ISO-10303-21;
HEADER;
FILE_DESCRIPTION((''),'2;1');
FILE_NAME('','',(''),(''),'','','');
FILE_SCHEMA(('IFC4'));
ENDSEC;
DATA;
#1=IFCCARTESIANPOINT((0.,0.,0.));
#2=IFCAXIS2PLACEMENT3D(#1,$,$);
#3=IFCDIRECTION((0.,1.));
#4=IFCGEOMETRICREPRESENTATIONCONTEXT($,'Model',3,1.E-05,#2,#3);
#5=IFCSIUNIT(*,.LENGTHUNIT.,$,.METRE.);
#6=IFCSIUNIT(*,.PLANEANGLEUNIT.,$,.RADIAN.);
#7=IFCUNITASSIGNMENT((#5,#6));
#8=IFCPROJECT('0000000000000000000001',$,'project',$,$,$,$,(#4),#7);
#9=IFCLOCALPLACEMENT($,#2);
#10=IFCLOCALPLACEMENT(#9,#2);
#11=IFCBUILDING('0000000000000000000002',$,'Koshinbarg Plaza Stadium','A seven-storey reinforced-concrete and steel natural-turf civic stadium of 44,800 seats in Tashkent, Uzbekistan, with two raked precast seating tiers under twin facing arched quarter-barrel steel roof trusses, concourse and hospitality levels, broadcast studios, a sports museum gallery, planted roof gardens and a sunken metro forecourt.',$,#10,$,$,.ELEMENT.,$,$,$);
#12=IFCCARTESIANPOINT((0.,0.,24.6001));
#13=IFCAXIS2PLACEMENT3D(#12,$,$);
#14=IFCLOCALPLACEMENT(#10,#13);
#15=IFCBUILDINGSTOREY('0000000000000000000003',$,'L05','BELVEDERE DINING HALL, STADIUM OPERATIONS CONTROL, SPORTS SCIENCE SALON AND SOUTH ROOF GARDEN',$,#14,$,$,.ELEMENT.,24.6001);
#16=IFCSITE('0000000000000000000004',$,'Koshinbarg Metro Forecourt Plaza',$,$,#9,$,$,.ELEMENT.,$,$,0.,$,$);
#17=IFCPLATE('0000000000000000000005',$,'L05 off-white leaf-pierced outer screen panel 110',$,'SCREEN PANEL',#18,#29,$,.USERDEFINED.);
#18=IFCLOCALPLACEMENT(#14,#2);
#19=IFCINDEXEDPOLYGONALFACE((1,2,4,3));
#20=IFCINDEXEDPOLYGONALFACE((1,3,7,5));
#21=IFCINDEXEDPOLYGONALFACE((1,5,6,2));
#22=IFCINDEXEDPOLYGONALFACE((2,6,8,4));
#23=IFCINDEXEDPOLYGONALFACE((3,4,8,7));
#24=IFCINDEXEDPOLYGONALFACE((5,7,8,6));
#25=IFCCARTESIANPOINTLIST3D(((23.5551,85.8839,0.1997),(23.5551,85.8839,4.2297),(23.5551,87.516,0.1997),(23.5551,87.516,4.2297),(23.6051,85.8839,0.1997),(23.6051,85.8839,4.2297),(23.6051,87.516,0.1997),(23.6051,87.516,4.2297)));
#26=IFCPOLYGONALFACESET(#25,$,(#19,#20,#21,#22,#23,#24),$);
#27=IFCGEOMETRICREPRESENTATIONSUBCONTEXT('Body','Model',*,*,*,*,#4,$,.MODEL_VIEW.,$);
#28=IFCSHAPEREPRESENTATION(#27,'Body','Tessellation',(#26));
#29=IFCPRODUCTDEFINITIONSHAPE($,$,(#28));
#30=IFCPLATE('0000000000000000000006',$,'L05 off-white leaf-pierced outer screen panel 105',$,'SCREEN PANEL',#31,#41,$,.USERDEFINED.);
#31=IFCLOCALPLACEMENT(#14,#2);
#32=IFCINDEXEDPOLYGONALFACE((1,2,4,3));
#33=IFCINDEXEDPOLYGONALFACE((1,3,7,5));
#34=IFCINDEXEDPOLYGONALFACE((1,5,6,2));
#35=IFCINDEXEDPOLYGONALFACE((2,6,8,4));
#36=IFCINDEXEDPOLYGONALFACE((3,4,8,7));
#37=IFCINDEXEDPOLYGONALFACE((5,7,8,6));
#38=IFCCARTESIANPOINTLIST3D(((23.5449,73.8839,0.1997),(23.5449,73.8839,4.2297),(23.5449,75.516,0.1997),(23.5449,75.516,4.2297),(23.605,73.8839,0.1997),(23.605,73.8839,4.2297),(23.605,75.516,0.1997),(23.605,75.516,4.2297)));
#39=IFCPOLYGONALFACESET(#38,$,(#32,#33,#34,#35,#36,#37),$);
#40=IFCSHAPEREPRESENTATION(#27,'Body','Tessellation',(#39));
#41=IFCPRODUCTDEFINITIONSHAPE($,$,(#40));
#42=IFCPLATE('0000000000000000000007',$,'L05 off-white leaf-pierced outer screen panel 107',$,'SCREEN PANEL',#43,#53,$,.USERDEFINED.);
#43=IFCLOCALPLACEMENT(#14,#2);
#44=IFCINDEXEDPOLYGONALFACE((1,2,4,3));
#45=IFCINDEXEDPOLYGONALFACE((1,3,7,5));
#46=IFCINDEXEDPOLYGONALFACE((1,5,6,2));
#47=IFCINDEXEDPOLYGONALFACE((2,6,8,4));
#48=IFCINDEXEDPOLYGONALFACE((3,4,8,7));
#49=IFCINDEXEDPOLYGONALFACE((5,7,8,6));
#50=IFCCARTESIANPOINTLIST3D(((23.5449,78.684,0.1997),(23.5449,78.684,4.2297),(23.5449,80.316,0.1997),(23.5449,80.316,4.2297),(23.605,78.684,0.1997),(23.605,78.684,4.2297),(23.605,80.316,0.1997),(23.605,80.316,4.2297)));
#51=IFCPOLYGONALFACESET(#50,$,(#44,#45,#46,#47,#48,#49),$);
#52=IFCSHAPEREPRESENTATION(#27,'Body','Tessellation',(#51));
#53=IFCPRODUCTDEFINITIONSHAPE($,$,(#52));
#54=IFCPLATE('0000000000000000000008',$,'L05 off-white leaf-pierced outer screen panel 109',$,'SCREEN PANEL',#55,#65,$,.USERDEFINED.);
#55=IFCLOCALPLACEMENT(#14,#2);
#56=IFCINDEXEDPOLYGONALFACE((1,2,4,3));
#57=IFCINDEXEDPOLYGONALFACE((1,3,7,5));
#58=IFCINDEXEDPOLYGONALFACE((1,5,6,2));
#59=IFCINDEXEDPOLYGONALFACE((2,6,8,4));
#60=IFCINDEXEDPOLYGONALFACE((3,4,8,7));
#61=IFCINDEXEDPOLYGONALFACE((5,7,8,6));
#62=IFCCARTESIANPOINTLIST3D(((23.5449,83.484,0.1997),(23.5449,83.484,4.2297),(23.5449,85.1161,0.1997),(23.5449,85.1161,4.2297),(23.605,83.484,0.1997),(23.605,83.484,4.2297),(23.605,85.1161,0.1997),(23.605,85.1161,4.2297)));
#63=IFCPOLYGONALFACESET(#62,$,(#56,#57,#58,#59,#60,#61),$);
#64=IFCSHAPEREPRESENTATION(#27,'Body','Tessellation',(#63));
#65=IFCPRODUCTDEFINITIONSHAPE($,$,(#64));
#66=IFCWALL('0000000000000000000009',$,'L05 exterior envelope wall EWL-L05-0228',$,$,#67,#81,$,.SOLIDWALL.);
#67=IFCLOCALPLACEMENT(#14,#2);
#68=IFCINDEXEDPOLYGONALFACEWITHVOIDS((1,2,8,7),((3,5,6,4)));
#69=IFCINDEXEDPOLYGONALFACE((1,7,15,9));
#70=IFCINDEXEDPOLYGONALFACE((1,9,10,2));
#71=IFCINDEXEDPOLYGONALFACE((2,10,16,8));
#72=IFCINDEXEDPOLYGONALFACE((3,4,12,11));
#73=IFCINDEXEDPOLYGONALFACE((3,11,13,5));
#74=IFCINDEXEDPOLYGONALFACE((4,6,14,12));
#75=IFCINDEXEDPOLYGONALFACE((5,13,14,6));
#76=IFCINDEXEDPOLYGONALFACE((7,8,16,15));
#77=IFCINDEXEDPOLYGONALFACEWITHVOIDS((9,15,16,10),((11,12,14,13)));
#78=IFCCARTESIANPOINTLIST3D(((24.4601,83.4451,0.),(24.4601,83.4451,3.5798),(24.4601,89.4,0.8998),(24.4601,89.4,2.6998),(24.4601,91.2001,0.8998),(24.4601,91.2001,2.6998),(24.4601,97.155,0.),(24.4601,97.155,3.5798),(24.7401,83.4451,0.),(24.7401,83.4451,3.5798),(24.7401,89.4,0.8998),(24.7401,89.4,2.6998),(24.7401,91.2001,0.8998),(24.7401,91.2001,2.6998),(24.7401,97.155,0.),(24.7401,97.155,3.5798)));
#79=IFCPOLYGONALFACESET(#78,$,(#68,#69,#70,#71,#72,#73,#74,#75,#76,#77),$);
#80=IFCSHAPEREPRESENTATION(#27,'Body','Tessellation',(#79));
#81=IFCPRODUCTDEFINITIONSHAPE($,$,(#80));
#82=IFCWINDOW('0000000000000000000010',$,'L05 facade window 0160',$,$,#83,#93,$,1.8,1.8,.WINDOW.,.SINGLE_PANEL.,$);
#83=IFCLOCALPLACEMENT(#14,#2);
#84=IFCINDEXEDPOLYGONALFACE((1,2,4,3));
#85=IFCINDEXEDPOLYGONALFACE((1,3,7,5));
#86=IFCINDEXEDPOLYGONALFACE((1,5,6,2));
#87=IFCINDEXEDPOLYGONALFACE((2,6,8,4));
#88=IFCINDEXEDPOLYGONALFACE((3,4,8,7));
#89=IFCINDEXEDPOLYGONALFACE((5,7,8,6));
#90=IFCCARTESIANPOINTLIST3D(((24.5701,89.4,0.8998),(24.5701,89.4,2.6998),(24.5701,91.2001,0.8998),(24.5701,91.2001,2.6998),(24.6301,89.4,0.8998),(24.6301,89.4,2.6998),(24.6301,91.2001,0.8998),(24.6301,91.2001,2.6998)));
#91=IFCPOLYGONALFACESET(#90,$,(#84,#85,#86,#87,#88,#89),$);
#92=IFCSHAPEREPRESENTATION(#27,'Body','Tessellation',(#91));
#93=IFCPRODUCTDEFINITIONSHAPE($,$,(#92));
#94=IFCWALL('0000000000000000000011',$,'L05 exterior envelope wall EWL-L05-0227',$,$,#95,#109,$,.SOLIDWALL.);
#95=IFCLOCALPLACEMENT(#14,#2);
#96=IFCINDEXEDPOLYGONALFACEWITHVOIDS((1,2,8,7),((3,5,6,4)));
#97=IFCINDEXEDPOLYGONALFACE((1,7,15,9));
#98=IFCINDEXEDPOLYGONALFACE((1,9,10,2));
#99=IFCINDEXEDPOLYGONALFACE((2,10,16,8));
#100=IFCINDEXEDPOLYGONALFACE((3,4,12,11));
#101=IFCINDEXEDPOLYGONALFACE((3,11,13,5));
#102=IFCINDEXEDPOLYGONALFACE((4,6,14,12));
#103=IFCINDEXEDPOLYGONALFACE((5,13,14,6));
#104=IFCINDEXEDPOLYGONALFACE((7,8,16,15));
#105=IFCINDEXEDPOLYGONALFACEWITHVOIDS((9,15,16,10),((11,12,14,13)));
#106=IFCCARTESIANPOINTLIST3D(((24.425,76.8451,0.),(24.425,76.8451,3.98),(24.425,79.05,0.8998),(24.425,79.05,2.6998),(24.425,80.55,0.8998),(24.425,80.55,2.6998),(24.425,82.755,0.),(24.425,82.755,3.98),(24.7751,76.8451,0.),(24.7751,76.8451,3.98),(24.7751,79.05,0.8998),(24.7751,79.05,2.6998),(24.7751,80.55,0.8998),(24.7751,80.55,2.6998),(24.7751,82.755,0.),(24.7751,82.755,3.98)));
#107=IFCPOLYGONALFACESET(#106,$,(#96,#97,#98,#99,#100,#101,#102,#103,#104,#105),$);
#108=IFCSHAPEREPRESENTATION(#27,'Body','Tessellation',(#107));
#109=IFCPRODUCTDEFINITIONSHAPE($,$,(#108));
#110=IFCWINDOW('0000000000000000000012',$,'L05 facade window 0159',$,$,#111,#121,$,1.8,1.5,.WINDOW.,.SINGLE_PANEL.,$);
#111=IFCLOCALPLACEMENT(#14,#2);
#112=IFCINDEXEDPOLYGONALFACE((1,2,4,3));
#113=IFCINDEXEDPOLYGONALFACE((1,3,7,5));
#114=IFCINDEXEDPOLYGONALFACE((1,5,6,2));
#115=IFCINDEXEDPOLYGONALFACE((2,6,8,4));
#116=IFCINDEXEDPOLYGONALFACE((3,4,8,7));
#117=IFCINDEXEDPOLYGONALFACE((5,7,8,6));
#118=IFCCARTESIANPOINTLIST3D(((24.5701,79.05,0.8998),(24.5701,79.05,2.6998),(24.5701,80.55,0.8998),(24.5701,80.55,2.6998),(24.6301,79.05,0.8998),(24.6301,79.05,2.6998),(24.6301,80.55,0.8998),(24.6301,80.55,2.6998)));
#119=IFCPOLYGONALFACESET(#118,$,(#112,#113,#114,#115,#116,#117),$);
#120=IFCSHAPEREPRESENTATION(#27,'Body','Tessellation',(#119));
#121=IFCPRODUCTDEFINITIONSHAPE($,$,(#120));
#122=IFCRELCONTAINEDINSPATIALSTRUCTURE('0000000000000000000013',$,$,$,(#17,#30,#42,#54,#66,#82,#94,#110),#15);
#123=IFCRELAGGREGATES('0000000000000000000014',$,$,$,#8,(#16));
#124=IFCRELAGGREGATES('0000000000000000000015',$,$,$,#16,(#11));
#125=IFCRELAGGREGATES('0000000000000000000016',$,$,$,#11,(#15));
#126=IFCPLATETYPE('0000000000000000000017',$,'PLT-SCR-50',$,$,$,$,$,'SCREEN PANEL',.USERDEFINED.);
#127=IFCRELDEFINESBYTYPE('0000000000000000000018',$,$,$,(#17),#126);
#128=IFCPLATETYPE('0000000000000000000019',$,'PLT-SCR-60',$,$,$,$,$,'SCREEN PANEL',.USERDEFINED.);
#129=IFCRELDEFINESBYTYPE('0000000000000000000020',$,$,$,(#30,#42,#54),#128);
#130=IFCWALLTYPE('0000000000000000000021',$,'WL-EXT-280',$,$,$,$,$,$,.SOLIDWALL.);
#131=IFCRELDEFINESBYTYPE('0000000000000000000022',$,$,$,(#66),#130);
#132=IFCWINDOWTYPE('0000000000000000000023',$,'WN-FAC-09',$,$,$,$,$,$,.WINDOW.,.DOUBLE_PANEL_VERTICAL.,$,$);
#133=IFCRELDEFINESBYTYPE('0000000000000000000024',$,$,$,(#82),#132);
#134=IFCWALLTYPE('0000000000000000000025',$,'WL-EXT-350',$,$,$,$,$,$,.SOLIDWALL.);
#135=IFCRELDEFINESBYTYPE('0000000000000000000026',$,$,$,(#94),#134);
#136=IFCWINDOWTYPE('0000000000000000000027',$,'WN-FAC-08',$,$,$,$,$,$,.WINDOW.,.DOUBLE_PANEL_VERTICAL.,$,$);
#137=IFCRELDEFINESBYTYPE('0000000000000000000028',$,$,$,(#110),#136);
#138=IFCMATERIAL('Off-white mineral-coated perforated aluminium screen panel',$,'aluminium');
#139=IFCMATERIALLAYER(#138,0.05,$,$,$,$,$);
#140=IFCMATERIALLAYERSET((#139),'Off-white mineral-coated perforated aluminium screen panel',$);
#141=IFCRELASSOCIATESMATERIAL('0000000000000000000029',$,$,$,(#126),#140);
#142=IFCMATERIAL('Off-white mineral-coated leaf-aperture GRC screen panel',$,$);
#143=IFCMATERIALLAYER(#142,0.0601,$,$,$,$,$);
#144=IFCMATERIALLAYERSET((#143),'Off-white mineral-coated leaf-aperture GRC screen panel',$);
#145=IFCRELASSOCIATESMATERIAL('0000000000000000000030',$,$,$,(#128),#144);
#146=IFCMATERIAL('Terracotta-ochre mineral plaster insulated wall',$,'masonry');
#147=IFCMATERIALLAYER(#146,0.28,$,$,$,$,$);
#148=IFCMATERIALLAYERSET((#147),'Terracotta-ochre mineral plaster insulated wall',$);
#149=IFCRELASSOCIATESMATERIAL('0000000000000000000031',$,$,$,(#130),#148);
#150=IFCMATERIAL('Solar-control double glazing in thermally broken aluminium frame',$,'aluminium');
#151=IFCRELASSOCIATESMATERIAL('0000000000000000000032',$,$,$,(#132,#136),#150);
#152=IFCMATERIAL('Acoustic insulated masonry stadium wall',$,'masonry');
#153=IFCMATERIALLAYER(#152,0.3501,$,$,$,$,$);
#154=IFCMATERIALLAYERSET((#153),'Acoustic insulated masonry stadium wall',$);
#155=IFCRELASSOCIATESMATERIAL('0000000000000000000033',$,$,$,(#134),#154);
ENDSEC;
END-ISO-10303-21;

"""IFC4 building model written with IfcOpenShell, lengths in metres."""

from ifc_helpers import new_model, si_unit, direction, frame, frame_2d, origin, origin_2d, place, context, subcontext, project, spatial, rectangle, extrude, material, layer, layer_set, type_object, element, fill, save


model = new_model("IFC4")

# Units and contexts
model_context = context("Model", 3, precision=1e-05, world=origin(), true_north=direction((0.0, 1.0)))
body_context = subcontext(model_context, "Body", "Model", "MODEL_VIEW")
ifc_project = project(units=[si_unit("LENGTHUNIT", "METRE"), si_unit("PLANEANGLEUNIT", "RADIAN")], contexts=[model_context])

# Site, building, storey
site_placement = place(None, origin())
site = spatial("IfcSite", under=ifc_project, at=site_placement, Name="Koshinbarg Metro Forecourt Plaza", CompositionType="ELEMENT", RefElevation=0.0)
building_placement = place(site_placement, origin())
building = spatial("IfcBuilding", under=site, at=building_placement, Name="Koshinbarg Plaza Stadium", Description="A seven-storey reinforced-concrete and steel natural-turf civic stadium of 44,800 seats in Tashkent, Uzbekistan, with two raked precast seating tiers under twin facing arched quarter-barrel steel roof trusses, concourse and hospitality levels, broadcast studios, a sports museum gallery, planted roof gardens and a sunken metro forecourt.", CompositionType="ELEMENT")
storey_placement = place(building_placement, frame((0.0, 0.0, 24.6001)))
storey = spatial("IfcBuildingStorey", under=building, at=storey_placement, Name="L05", Description="BELVEDERE DINING HALL, STADIUM OPERATIONS CONTROL, SPORTS SCIENCE SALON AND SOUTH ROOF GARDEN", CompositionType="ELEMENT", Elevation=24.6001)

# Plates
ifc_material_1 = material(Name="Off-white mineral-coated perforated aluminium screen panel", Category="aluminium")
ifc_layer_1 = layer(ifc_material_1, 0.05)
ifc_layer_set_1 = layer_set([ifc_layer_1], Name="Off-white mineral-coated perforated aluminium screen panel")
plate_type_1 = type_object("IfcPlateType", Name="PLT-SCR-50", ElementType="SCREEN PANEL", PredefinedType="USERDEFINED", material=ifc_layer_set_1)
for number, where, z_axis, x_axis, name in (
    (1, (23.5801, 86.7, 0.1997), (0.0, 0.0, 1.0), (1.0, 0.0, 0.0), "L05 off-white leaf-pierced outer screen panel 110"),
):
    element("IfcPlate", number, at=place(storey_placement, frame(where, z_axis=z_axis, x_axis=x_axis)), inside=storey, type_object=plate_type_1, Name=name, ObjectType="SCREEN PANEL", PredefinedType="USERDEFINED", context=body_context, shape_type="SweptSolid", body=[
        extrude(rectangle(XDim=0.05, YDim=1.6321, at=origin_2d()), origin(), (0.0, 0.0, 1.0), 4.03),
    ])
ifc_material_2 = material(Name="Off-white mineral-coated leaf-aperture GRC screen panel")
ifc_layer_2 = layer(ifc_material_2, 0.0601)
ifc_layer_set_2 = layer_set([ifc_layer_2], Name="Off-white mineral-coated leaf-aperture GRC screen panel")
plate_type_2 = type_object("IfcPlateType", Name="PLT-SCR-60", ElementType="SCREEN PANEL", PredefinedType="USERDEFINED", material=ifc_layer_set_2)
for number, where, z_axis, x_axis, name in (
    (2, (23.575, 74.7, 0.1997), (0.0, 0.0, 1.0), (1.0, 0.0, 0.0), "L05 off-white leaf-pierced outer screen panel 105"),
    (3, (23.575, 79.5, 0.1997), (0.0, 0.0, 1.0), (1.0, 0.0, 0.0), "L05 off-white leaf-pierced outer screen panel 107"),
    (4, (23.575, 84.3, 0.1997), (0.0, 0.0, 1.0), (1.0, 0.0, 0.0), "L05 off-white leaf-pierced outer screen panel 109"),
):
    element("IfcPlate", number, at=place(storey_placement, frame(where, z_axis=z_axis, x_axis=x_axis)), inside=storey, type_object=plate_type_2, Name=name, ObjectType="SCREEN PANEL", PredefinedType="USERDEFINED", context=body_context, shape_type="SweptSolid", body=[
        extrude(rectangle(XDim=0.0601, YDim=1.6321, at=origin_2d()), origin(), (0.0, 0.0, 1.0), 4.03),
    ])

# Walls, openings, windows
ifc_material_3 = material(Name="Terracotta-ochre mineral plaster insulated wall", Category="masonry")
ifc_layer_3 = layer(ifc_material_3, 0.28)
ifc_layer_set_3 = layer_set([ifc_layer_3], Name="Terracotta-ochre mineral plaster insulated wall")
wall_type_1 = type_object("IfcWallType", Name="WL-EXT-280", PredefinedType="SOLIDWALL", material=ifc_layer_set_3)
wall_1_placement = place(storey_placement, frame((24.6001, 83.4451, 0.0), z_axis=(0.0, 0.0, 1.0), x_axis=(0.0, 1.0, 0.0)))
wall_1 = element("IfcWall", 5, at=wall_1_placement, inside=storey, type_object=wall_type_1, Name="L05 exterior envelope wall EWL-L05-0228", PredefinedType="SOLIDWALL", context=body_context, shape_type="SweptSolid", body=[
    extrude(rectangle(XDim=13.71, YDim=0.28, at=frame_2d((6.855, 0.0))), origin(), (0.0, 0.0, 1.0), 3.5798),
])
opening_1_placement = place(wall_1_placement, frame((5.9551, 0.0, 0.8999)))
opening_1 = element("IfcOpeningElement", 6, at=opening_1_placement, cuts=wall_1, PredefinedType="OPENING", context=body_context, shape_type="SweptSolid", body=[
    extrude(rectangle(XDim=1.8, YDim=1.8, at=frame_2d((0.8999, 0.8999))), frame((0.0, 0.1499, 0.0), z_axis=(0.0, -1.0, 0.0), x_axis=(1.0, 0.0, 0.0)), (0.0, 0.0, 1.0), 0.3),
])
ifc_material_4 = material(Name="Solar-control double glazing in thermally broken aluminium frame", Category="aluminium")
window_type_1 = type_object("IfcWindowType", Name="WN-FAC-09", PartitioningType="DOUBLE_PANEL_VERTICAL", PredefinedType="WINDOW", material=ifc_material_4)
window_1_placement = place(opening_1_placement, origin())
window_1 = element("IfcWindow", 7, at=window_1_placement, inside=storey, type_object=window_type_1, Name="L05 facade window 0160", OverallHeight=1.8, OverallWidth=1.8, PartitioningType="SINGLE_PANEL", PredefinedType="WINDOW", context=body_context, shape_type="SweptSolid", body=[
    extrude(rectangle(XDim=1.8, YDim=1.8, at=frame_2d((0.8999, 0.8999))), frame((0.0, 0.03, 0.0), z_axis=(0.0, -1.0, 0.0), x_axis=(1.0, 0.0, 0.0)), (0.0, 0.0, 1.0), 0.0601),
])
fill(opening_1, window_1)
ifc_material_5 = material(Name="Acoustic insulated masonry stadium wall", Category="masonry")
ifc_layer_4 = layer(ifc_material_5, 0.3501)
ifc_layer_set_4 = layer_set([ifc_layer_4], Name="Acoustic insulated masonry stadium wall")
wall_type_2 = type_object("IfcWallType", Name="WL-EXT-350", PredefinedType="SOLIDWALL", material=ifc_layer_set_4)
wall_2_placement = place(storey_placement, frame((24.6001, 76.845, 0.0), z_axis=(0.0, 0.0, 1.0), x_axis=(0.0, 1.0, 0.0)))
wall_2 = element("IfcWall", 8, at=wall_2_placement, inside=storey, type_object=wall_type_2, Name="L05 exterior envelope wall EWL-L05-0227", PredefinedType="SOLIDWALL", context=body_context, shape_type="SweptSolid", body=[
    extrude(rectangle(XDim=5.9099, YDim=0.3501, at=frame_2d((2.9551, 0.0))), origin(), (0.0, 0.0, 1.0), 3.98),
])
opening_2_placement = place(wall_2_placement, frame((2.2051, 0.0, 0.8999)))
opening_2 = element("IfcOpeningElement", 9, at=opening_2_placement, cuts=wall_2, PredefinedType="OPENING", context=body_context, shape_type="SweptSolid", body=[
    extrude(rectangle(XDim=1.5, YDim=1.8, at=frame_2d((0.75, 0.8999))), frame((0.0, 0.1851, 0.0), z_axis=(0.0, -1.0, 0.0), x_axis=(1.0, 0.0, 0.0)), (0.0, 0.0, 1.0), 0.3701),
])
window_type_2 = type_object("IfcWindowType", Name="WN-FAC-08", PartitioningType="DOUBLE_PANEL_VERTICAL", PredefinedType="WINDOW", material=ifc_material_4)
window_2_placement = place(opening_2_placement, origin())
window_2 = element("IfcWindow", 10, at=window_2_placement, inside=storey, type_object=window_type_2, Name="L05 facade window 0159", OverallHeight=1.8, OverallWidth=1.5, PartitioningType="SINGLE_PANEL", PredefinedType="WINDOW", context=body_context, shape_type="SweptSolid", body=[
    extrude(rectangle(XDim=1.5, YDim=1.8, at=frame_2d((0.75, 0.8999))), frame((0.0, 0.03, 0.0), z_axis=(0.0, -1.0, 0.0), x_axis=(1.0, 0.0, 0.0)), (0.0, 0.0, 1.0), 0.0601),
])
fill(opening_2, window_2)

save(model, "model.ifc")
